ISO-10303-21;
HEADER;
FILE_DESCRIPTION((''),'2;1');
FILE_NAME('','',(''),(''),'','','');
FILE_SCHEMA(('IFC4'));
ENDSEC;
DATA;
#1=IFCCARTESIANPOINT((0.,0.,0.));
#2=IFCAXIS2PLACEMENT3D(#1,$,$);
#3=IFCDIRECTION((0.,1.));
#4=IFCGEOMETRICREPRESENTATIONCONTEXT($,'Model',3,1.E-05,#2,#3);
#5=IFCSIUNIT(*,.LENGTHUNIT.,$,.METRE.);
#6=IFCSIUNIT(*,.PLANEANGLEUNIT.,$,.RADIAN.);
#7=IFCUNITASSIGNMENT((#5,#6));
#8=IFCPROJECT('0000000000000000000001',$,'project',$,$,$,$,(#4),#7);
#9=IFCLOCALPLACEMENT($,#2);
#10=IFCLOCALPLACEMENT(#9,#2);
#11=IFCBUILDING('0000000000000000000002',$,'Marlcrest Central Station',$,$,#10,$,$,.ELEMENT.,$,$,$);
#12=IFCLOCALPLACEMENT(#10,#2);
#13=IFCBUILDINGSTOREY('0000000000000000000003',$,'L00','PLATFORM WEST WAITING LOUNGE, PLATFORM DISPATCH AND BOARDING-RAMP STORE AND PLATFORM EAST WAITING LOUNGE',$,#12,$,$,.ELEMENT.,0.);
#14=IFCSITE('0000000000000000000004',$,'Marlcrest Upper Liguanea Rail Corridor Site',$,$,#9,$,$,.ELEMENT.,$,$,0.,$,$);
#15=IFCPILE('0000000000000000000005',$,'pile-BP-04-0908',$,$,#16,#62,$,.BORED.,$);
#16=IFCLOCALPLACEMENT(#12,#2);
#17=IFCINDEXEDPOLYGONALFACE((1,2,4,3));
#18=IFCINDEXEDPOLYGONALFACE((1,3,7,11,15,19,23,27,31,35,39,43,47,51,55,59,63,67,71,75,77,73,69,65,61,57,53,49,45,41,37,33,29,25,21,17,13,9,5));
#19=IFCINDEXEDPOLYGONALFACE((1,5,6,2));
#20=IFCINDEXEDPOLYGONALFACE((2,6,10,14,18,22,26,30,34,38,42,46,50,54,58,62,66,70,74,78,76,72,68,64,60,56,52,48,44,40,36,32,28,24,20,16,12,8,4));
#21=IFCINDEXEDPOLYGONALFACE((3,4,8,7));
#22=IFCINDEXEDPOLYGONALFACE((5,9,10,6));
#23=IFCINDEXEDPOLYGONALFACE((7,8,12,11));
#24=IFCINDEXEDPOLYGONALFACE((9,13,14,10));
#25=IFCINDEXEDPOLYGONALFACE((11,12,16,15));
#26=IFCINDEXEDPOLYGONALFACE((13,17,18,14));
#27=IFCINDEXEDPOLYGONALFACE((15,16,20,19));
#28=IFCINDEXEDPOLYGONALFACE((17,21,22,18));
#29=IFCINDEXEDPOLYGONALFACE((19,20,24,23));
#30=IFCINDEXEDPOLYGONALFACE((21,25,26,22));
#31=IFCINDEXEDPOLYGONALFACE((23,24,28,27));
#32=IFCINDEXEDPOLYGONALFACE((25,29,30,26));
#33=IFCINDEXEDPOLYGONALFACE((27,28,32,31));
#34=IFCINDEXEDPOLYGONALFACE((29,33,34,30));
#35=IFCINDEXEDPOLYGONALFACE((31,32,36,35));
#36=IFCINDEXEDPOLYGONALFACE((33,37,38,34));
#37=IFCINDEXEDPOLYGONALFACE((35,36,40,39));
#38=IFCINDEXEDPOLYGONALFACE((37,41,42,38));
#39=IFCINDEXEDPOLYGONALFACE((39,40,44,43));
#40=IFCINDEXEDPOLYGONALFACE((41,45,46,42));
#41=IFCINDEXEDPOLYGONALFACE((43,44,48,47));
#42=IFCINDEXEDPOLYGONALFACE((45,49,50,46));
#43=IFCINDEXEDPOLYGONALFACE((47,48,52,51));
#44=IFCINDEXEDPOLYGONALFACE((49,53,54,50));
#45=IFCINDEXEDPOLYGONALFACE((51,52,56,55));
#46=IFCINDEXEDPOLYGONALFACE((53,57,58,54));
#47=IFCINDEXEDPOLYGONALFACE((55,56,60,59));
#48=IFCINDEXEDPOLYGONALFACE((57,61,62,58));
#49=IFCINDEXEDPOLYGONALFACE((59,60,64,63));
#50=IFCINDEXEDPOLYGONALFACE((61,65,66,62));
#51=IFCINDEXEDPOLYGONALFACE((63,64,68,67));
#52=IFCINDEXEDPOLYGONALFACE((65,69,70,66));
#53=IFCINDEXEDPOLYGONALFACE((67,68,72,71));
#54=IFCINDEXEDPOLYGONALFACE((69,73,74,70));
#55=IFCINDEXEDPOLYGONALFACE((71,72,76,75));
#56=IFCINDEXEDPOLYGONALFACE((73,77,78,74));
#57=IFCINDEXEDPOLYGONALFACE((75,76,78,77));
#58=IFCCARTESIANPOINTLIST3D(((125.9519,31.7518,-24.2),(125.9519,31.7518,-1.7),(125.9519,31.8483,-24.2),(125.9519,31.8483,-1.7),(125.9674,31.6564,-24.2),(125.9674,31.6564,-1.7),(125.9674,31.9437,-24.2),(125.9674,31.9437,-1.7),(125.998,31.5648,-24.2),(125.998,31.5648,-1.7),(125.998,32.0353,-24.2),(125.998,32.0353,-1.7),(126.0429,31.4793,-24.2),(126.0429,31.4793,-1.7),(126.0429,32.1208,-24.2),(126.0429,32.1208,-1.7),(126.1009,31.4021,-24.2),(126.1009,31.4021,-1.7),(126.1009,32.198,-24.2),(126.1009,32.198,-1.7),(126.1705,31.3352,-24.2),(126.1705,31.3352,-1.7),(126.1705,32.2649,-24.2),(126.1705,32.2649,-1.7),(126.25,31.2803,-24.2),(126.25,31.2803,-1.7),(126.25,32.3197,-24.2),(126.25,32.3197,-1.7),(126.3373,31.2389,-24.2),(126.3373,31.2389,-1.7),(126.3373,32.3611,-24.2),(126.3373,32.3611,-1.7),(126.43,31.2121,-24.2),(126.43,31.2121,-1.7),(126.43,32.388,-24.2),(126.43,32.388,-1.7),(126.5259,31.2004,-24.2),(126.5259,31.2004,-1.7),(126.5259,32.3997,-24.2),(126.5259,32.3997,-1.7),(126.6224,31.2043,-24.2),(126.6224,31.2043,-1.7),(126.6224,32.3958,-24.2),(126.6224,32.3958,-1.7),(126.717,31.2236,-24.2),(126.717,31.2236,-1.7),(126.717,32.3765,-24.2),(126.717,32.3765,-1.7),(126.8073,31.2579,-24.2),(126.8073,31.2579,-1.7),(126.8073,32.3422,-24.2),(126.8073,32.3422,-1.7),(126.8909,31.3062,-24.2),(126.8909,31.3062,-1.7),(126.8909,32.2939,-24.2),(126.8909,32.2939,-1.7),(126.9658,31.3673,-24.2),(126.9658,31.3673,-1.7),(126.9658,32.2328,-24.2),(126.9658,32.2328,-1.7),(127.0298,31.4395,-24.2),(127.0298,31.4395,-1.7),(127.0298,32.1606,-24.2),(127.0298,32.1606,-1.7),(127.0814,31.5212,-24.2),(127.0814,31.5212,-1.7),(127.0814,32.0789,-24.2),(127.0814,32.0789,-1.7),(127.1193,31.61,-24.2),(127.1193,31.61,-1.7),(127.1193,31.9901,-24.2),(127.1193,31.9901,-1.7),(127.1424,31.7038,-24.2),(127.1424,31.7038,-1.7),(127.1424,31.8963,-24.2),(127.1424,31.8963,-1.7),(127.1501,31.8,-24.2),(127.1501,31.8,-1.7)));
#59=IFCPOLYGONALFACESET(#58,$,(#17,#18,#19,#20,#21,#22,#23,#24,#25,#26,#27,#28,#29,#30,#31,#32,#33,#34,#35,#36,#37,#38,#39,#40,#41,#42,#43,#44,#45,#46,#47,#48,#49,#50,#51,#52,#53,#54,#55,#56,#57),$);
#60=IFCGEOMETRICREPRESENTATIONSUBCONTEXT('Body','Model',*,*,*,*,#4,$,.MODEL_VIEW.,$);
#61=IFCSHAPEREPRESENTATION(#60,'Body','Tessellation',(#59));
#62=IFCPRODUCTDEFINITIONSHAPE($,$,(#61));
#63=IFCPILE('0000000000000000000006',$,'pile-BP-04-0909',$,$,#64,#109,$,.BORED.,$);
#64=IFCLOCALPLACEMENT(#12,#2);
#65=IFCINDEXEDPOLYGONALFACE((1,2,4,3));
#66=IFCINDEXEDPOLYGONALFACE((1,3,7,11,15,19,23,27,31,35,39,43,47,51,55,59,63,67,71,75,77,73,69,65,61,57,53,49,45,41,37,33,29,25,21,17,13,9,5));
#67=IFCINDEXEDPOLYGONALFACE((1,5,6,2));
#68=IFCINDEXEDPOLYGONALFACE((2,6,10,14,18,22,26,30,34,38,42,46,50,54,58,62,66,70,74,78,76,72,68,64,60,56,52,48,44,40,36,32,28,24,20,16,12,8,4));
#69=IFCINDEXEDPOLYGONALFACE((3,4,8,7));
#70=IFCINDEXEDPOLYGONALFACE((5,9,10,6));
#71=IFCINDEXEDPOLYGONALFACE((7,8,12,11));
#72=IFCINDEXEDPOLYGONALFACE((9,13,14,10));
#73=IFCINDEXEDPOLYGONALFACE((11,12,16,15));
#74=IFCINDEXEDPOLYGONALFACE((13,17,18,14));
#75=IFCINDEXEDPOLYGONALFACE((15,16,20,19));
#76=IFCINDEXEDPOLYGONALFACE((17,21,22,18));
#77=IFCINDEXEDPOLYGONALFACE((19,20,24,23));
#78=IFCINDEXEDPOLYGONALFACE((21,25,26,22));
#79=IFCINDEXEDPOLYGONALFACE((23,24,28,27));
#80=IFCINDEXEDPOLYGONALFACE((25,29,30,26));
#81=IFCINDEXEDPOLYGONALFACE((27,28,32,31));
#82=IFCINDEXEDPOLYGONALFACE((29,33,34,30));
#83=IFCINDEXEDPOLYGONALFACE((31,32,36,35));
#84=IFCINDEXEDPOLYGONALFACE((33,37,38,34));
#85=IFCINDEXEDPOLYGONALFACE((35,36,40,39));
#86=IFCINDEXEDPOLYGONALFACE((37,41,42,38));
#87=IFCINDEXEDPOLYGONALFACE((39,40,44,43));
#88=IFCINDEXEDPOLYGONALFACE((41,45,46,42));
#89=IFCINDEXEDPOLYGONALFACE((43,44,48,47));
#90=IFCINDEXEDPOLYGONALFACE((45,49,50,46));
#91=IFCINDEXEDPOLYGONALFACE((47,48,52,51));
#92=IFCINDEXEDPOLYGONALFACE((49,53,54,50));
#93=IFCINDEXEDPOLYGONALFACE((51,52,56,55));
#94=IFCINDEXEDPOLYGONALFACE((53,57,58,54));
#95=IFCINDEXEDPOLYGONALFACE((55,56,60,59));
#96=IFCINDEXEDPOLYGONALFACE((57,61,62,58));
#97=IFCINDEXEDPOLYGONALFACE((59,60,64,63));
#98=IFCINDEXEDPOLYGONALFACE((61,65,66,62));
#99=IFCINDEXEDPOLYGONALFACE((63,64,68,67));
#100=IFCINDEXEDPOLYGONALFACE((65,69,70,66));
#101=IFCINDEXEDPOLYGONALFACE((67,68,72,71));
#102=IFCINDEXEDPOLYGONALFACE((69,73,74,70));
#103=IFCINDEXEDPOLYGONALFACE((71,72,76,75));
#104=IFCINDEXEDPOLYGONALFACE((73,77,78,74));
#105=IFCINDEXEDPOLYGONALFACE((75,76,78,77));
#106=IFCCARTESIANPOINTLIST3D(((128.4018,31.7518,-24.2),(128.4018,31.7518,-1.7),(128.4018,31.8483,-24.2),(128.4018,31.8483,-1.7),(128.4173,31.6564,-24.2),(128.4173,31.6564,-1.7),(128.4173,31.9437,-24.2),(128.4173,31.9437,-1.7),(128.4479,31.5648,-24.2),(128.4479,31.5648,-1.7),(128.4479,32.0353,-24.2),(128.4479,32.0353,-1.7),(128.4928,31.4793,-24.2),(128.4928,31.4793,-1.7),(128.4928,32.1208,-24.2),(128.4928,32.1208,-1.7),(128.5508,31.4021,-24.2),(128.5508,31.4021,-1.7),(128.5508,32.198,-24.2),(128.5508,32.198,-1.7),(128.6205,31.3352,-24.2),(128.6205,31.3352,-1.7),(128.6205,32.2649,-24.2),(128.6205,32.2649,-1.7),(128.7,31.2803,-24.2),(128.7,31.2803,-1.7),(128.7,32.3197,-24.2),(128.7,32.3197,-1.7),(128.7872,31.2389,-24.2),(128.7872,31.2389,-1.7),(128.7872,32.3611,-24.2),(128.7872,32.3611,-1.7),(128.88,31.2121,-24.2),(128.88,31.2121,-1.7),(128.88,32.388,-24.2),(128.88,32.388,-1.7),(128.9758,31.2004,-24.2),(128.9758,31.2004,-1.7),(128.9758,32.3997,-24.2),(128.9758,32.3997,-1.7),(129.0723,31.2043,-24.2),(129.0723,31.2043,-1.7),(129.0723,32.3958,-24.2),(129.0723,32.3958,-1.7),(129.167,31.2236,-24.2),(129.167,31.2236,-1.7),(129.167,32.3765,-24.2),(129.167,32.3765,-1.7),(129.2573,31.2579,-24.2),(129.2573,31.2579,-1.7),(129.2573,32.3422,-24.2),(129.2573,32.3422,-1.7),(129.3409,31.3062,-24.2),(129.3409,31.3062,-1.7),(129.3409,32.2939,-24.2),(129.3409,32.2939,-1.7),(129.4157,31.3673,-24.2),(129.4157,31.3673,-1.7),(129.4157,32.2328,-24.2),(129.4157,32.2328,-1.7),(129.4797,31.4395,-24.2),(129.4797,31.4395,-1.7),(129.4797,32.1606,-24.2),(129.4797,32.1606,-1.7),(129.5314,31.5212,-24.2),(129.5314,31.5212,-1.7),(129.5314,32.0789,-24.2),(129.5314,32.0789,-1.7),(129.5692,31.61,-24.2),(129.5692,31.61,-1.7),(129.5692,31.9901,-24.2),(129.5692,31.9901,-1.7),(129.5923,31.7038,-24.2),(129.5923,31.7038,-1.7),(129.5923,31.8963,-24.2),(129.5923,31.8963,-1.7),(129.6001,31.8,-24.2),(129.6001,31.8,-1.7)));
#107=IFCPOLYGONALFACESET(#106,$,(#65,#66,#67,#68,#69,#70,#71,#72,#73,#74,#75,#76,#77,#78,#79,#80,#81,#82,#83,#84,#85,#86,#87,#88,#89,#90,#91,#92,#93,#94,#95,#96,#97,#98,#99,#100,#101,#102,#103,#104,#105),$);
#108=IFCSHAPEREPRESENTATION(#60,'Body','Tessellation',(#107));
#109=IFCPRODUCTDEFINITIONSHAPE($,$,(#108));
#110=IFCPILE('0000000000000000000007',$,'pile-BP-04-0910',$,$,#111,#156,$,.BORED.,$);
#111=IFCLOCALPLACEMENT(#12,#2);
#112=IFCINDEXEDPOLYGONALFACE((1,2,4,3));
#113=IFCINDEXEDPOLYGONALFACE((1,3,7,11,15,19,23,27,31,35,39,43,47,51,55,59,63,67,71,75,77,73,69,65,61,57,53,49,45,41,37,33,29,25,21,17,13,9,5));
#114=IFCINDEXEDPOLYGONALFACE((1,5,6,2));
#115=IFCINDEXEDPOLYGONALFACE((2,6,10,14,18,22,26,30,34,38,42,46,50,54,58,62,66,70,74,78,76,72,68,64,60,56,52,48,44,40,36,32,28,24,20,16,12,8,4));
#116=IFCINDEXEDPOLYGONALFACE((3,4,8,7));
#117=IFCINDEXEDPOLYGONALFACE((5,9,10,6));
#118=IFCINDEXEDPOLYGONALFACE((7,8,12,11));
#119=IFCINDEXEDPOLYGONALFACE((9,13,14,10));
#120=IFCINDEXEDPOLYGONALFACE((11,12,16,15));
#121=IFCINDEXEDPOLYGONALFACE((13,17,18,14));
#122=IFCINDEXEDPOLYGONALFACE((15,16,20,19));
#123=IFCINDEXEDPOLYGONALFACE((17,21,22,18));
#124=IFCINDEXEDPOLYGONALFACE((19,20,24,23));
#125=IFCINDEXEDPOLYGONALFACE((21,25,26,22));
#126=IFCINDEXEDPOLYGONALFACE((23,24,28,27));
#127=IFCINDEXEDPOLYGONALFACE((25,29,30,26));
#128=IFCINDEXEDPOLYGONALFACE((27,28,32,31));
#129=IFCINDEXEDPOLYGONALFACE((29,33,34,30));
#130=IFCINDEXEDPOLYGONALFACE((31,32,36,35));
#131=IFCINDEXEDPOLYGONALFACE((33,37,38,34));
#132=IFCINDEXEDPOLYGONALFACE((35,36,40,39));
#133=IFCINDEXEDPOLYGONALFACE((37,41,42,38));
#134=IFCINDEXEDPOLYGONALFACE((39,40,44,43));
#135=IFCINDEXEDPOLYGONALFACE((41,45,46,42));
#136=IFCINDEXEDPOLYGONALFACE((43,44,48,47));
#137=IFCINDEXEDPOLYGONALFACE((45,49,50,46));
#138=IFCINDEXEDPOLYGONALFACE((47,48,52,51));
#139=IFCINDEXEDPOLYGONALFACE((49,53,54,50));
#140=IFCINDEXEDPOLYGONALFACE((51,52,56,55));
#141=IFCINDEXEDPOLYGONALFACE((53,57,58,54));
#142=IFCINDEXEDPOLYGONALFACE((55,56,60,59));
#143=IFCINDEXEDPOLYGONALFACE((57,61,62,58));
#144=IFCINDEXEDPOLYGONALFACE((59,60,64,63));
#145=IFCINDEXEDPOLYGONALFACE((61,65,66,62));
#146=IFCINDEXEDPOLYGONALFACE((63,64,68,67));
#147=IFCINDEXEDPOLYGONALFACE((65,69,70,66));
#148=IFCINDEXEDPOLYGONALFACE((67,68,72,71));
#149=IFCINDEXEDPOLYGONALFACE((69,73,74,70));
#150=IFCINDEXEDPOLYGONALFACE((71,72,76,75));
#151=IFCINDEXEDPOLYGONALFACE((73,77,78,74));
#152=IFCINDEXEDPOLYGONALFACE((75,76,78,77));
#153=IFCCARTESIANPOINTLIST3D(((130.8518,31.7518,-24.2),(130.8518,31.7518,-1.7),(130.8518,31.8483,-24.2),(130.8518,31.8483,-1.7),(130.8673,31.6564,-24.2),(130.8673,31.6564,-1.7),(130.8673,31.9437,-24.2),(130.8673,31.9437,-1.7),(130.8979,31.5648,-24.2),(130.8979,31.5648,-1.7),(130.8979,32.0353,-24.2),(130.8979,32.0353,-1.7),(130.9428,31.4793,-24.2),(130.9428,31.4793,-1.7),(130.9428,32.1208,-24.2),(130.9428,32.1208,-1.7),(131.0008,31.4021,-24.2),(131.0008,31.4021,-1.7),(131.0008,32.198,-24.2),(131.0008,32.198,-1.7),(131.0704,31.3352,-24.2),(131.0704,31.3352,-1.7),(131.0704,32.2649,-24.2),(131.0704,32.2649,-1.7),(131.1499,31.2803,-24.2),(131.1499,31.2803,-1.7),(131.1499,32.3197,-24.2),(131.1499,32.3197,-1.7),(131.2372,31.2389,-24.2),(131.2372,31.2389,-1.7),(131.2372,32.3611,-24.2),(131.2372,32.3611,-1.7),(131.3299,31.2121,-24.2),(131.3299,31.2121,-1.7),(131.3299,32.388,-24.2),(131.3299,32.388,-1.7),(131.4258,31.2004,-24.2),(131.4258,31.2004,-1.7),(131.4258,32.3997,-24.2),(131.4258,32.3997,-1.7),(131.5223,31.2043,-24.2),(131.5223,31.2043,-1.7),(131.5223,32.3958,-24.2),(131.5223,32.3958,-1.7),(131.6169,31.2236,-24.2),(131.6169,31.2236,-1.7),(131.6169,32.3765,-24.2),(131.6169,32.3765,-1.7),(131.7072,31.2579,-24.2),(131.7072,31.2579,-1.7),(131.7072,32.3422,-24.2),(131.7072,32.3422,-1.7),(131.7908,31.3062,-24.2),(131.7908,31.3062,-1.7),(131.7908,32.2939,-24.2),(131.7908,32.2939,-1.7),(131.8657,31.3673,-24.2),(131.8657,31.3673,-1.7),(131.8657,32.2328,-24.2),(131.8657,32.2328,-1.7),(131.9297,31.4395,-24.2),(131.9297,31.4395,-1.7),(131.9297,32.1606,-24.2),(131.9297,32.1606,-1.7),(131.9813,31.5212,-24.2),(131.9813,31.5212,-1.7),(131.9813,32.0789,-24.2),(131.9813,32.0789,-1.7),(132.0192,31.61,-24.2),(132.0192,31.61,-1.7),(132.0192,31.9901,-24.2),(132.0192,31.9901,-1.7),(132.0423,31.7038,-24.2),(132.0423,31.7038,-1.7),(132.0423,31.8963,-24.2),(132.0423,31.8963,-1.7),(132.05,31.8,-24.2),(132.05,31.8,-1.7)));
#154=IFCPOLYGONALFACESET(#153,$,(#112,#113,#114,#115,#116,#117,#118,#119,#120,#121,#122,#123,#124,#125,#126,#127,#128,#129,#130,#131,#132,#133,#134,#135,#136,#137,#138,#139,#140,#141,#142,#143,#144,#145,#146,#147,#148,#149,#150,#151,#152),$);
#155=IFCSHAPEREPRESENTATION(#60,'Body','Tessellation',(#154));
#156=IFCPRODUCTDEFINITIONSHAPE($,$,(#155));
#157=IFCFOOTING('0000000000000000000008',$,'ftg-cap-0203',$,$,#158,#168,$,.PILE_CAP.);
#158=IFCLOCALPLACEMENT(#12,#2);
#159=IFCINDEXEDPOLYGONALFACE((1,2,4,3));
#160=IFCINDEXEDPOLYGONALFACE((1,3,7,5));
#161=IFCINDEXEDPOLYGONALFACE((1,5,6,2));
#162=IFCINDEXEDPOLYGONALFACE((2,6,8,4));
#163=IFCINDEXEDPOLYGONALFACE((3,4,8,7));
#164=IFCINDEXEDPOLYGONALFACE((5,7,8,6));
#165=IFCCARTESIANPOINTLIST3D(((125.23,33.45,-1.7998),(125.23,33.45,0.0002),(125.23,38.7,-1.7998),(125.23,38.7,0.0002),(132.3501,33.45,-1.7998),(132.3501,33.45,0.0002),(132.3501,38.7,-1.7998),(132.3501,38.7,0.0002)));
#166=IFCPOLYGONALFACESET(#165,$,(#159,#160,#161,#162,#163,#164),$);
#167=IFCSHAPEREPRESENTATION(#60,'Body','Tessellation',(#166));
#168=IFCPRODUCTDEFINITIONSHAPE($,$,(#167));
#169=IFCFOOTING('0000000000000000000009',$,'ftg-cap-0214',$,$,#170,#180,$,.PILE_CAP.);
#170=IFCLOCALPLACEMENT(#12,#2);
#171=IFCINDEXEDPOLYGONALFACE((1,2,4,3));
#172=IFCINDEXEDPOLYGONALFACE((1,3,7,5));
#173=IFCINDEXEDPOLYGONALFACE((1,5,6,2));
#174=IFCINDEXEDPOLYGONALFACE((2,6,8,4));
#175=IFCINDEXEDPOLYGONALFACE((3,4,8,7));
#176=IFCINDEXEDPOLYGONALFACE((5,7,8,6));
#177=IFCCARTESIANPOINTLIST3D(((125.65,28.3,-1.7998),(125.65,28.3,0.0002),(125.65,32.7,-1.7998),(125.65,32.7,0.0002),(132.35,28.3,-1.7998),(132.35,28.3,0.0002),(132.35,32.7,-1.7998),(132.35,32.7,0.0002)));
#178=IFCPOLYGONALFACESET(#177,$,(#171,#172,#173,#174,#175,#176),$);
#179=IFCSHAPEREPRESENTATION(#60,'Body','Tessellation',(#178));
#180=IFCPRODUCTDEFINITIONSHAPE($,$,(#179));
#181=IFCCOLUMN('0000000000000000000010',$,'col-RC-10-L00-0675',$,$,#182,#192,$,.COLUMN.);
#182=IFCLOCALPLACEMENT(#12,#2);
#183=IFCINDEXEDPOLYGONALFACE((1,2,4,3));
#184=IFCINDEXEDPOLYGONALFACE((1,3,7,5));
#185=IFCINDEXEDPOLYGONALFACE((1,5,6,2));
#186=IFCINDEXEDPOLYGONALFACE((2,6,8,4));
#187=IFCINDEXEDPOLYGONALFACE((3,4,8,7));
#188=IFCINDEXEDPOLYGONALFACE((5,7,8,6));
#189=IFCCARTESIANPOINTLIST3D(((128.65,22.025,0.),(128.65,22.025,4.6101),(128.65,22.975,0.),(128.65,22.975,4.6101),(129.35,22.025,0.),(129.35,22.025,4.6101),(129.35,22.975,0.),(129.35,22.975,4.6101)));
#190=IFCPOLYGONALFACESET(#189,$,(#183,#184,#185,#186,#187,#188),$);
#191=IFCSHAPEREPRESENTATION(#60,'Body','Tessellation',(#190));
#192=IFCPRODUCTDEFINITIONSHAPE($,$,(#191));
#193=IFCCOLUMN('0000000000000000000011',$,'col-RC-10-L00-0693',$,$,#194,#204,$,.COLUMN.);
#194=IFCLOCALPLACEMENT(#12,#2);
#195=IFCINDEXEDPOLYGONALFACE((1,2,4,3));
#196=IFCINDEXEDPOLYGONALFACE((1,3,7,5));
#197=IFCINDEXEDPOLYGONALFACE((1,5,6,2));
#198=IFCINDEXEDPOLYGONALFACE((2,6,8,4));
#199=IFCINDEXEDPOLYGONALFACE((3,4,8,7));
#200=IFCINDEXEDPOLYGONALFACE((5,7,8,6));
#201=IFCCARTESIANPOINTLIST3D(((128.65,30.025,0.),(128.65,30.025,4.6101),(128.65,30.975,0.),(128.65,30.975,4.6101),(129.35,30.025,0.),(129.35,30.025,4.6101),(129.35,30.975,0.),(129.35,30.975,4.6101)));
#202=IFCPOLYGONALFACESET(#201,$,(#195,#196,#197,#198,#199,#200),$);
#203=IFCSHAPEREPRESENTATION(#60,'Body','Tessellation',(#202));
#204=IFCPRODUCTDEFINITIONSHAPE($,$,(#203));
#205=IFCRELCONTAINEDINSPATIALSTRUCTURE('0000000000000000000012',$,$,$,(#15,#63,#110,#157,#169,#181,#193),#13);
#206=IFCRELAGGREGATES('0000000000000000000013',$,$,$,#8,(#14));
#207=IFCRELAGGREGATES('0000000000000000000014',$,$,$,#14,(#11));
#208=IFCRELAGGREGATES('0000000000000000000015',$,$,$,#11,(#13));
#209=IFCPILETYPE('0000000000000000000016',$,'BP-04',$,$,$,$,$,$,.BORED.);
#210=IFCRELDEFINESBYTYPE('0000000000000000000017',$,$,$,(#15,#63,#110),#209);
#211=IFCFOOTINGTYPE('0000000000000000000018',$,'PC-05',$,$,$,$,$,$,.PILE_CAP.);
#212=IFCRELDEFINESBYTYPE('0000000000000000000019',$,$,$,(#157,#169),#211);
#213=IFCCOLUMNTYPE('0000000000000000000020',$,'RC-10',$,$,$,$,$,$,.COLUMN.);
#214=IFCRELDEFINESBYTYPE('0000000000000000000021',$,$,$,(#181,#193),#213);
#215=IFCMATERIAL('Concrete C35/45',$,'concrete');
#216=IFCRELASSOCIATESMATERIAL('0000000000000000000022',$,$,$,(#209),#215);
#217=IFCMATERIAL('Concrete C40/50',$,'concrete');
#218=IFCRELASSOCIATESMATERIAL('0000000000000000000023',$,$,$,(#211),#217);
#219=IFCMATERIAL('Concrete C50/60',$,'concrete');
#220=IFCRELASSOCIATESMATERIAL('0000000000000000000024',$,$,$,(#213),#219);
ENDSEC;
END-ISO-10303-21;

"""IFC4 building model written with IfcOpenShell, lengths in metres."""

from ifc_helpers import new_model, si_unit, direction, frame, origin, origin_2d, place, context, subcontext, project, spatial, rectangle, circle, extrude, material, material_profile, profile_set, type_object, element, save


model = new_model("IFC4")

# Units and contexts
model_context = context("Model", 3, precision=1e-05, world=origin(), true_north=direction((0.0, 1.0)))
body_context = subcontext(model_context, "Body", "Model", "MODEL_VIEW")
ifc_project = project(units=[si_unit("LENGTHUNIT", "METRE"), si_unit("PLANEANGLEUNIT", "RADIAN")], contexts=[model_context])

# Site, building, storey
site_placement = place(None, origin())
site = spatial("IfcSite", under=ifc_project, at=site_placement, Name="Marlcrest Upper Liguanea Rail Corridor Site", CompositionType="ELEMENT", RefElevation=0.0)
building_placement = place(site_placement, origin())
building = spatial("IfcBuilding", under=site, at=building_placement, Name="Marlcrest Central Station", CompositionType="ELEMENT")
storey_placement = place(building_placement, origin())
storey = spatial("IfcBuildingStorey", under=building, at=storey_placement, Name="L00", Description="PLATFORM WEST WAITING LOUNGE, PLATFORM DISPATCH AND BOARDING-RAMP STORE AND PLATFORM EAST WAITING LOUNGE", CompositionType="ELEMENT", Elevation=0.0)

# Piles
ifc_material_1 = material(Name="Concrete C35/45", Category="concrete")
ifc_material_profile_1 = material_profile(ifc_material_1, circle(Radius=0.6001, at=origin_2d()), Name="PILE D1200")
ifc_profile_set_1 = profile_set([ifc_material_profile_1], Name="Concrete C35/45")
pile_type = type_object("IfcPileType", Name="BP-04", PredefinedType="BORED", material=ifc_profile_set_1)
for number, where, z_axis, x_axis, name in (
    (1, (126.55, 31.8, -1.7), (0.0, 0.0, -1.0), (1.0, 0.0, 0.0), "pile-BP-04-0908"),
    (2, (129.0, 31.8, -1.7), (0.0, 0.0, -1.0), (1.0, 0.0, 0.0), "pile-BP-04-0909"),
    (3, (131.45, 31.8, -1.7), (0.0, 0.0, -1.0), (1.0, 0.0, 0.0), "pile-BP-04-0910"),
):
    element("IfcPile", number, at=place(storey_placement, frame(where, z_axis=z_axis, x_axis=x_axis)), inside=storey, type_object=pile_type, Name=name, PredefinedType="BORED", context=body_context, shape_type="SweptSolid", body=[
        extrude(circle(Radius=0.6001, at=origin_2d()), origin(), (0.0, 0.0, 1.0), 22.5),
    ])

# Footings
ifc_material_2 = material(Name="Concrete C40/50", Category="concrete")
footing_type = type_object("IfcFootingType", Name="PC-05", PredefinedType="PILE_CAP", material=ifc_material_2)
footing_1_placement = place(storey_placement, frame((128.79, 36.075, -1.7998), z_axis=(0.0, 0.0, 1.0), x_axis=(1.0, 0.0, 0.0)))
element("IfcFooting", 4, at=footing_1_placement, inside=storey, type_object=footing_type, Name="ftg-cap-0203", PredefinedType="PILE_CAP", context=body_context, shape_type="SweptSolid", body=[
    extrude(rectangle(XDim=7.1201, YDim=5.25, at=origin_2d()), origin(), (0.0, 0.0, 1.0), 1.8),
])
footing_2_placement = place(storey_placement, frame((129.0, 30.5, -1.7998), z_axis=(0.0, 0.0, 1.0), x_axis=(1.0, 0.0, 0.0)))
element("IfcFooting", 5, at=footing_2_placement, inside=storey, type_object=footing_type, Name="ftg-cap-0214", PredefinedType="PILE_CAP", context=body_context, shape_type="SweptSolid", body=[
    extrude(rectangle(XDim=6.7, YDim=4.3999, at=origin_2d()), origin(), (0.0, 0.0, 1.0), 1.8),
])

# Columns
ifc_material_3 = material(Name="Concrete C50/60", Category="concrete")
ifc_material_profile_2 = material_profile(ifc_material_3, rectangle(XDim=0.7, YDim=0.95, at=origin_2d()), Name="RC 700x950")
ifc_profile_set_2 = profile_set([ifc_material_profile_2], Name="Concrete C50/60")
column_type_1 = type_object("IfcColumnType", Name="RC-10", PredefinedType="COLUMN", material=ifc_profile_set_2)
for number, where, z_axis, x_axis, name in (
    (6, (129.0, 22.5, 0.0), (0.0, 0.0, 1.0), (1.0, 0.0, 0.0), "col-RC-10-L00-0675"),
    (7, (129.0, 30.5, 0.0), (0.0, 0.0, 1.0), (1.0, 0.0, 0.0), "col-RC-10-L00-0693"),
):
    element("IfcColumn", number, at=place(storey_placement, frame(where, z_axis=z_axis, x_axis=x_axis)), inside=storey, type_object=column_type_1, Name=name, PredefinedType="COLUMN", context=body_context, shape_type="SweptSolid", body=[
        extrude(rectangle(XDim=0.7, YDim=0.95, at=origin_2d()), origin(), (0.0, 0.0, 1.0), 4.6101),
    ])

save(model, "model.ifc")
